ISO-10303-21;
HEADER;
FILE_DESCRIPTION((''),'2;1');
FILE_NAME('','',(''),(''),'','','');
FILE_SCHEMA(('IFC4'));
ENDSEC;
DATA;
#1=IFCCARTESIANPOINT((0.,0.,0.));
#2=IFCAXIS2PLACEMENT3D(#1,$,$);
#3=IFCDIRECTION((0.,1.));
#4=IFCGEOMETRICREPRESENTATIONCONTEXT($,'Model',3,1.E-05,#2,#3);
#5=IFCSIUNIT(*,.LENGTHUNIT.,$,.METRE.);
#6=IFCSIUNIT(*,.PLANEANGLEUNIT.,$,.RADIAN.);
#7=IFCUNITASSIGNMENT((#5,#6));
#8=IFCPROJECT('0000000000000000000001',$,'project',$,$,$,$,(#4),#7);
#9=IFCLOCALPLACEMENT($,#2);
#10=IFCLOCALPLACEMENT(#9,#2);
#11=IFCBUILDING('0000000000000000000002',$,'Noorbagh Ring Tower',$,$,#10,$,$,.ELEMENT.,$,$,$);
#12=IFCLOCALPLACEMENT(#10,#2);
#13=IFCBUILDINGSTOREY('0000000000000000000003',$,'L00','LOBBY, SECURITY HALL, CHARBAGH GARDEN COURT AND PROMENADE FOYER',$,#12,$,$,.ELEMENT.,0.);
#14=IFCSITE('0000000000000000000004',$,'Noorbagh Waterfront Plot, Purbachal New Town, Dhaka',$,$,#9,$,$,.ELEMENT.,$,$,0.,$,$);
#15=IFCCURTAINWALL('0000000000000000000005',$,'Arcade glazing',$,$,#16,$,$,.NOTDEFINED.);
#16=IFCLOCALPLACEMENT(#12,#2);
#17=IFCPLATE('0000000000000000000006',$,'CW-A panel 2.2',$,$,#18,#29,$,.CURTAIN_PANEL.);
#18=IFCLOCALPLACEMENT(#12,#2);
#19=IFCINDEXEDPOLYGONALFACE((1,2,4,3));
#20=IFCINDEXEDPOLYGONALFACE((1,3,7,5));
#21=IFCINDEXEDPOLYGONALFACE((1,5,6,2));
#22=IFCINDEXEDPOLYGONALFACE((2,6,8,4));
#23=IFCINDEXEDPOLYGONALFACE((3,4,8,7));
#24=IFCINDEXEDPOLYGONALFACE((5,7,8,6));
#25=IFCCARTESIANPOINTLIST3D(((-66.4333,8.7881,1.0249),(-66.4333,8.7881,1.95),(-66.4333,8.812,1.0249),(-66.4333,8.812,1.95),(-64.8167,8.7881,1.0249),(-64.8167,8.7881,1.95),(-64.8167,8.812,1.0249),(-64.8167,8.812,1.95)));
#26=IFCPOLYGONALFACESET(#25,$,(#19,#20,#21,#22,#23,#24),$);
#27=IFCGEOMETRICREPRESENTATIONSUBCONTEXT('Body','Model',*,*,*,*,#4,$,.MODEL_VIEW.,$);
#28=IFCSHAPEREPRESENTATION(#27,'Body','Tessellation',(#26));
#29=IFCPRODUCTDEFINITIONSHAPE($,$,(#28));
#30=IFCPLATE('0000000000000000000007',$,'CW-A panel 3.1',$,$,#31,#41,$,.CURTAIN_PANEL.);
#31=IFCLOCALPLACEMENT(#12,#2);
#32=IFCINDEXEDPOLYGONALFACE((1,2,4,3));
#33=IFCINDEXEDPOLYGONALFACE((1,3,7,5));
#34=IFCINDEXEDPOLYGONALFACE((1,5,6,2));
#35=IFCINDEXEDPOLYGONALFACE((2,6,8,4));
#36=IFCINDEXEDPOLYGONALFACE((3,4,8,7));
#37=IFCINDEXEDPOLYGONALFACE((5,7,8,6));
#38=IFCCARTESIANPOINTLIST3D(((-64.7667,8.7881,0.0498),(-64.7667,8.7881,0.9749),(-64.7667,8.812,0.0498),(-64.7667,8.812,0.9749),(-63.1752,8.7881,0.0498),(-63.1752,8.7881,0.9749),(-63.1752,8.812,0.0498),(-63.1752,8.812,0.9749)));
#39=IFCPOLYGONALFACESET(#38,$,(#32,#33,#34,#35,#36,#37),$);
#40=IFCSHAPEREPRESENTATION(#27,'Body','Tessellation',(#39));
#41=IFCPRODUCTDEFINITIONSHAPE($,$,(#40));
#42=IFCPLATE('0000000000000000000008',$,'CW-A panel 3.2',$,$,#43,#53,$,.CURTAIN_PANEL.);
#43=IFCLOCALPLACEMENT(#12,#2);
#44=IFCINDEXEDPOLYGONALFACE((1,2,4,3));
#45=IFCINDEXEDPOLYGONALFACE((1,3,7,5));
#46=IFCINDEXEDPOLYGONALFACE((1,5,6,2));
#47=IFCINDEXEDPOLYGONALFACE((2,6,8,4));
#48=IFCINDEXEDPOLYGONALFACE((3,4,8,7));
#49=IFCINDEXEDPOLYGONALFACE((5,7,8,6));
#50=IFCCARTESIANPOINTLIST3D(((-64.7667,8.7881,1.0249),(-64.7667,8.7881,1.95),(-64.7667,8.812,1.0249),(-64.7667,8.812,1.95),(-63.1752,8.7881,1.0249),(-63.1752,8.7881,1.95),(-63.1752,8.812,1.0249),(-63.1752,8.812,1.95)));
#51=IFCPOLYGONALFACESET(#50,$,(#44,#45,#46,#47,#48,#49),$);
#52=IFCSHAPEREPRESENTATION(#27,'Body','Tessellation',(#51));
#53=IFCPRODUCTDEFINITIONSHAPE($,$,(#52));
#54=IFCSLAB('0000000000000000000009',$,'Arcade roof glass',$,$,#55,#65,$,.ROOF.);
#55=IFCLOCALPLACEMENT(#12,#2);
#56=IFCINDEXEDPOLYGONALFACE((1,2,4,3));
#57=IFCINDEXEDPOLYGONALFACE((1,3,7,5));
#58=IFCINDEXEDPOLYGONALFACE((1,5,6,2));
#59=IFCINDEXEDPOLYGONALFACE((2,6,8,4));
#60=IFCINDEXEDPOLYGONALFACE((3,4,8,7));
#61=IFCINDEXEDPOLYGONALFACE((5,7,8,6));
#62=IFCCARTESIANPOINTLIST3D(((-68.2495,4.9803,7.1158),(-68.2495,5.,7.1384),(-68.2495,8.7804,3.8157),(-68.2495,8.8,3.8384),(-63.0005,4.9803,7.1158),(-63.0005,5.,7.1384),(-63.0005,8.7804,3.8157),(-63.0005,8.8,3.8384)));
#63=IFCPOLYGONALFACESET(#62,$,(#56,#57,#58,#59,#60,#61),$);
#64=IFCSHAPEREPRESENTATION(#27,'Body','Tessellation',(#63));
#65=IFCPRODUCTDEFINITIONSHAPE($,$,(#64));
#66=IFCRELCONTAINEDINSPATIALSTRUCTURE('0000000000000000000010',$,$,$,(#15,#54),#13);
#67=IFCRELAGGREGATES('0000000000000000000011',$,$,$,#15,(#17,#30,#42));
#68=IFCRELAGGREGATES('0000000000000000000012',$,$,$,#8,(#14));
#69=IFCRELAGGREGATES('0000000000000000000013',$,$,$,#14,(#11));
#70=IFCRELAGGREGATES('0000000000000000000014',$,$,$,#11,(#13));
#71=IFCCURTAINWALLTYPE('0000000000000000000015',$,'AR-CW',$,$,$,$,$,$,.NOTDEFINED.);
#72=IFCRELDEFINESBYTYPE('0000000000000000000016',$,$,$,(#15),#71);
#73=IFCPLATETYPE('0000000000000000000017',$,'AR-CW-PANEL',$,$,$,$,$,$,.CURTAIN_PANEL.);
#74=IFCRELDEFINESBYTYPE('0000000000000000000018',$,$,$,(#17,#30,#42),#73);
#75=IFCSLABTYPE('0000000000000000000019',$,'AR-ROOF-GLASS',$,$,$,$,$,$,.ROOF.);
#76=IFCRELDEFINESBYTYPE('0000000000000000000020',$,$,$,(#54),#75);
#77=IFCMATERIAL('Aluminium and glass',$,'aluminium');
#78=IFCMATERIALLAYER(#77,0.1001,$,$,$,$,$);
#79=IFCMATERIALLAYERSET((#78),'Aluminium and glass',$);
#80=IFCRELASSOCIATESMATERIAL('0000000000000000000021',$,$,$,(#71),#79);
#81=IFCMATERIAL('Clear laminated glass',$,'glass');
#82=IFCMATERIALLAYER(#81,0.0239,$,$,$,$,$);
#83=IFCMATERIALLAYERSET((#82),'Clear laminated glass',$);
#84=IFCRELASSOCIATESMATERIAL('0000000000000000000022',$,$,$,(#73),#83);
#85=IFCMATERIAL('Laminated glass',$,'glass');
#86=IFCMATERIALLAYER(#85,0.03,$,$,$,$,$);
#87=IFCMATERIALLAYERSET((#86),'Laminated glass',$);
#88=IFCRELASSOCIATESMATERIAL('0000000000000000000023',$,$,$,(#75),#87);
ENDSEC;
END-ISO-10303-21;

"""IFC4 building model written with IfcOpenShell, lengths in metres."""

from ifc_helpers import new_model, si_unit, direction, frame, origin, origin_2d, place, context, subcontext, project, spatial, polyline, rectangle, outline, extrude, material, layer, layer_set, type_object, element, aggregate, save


model = new_model("IFC4")

# Units and contexts
model_context = context("Model", 3, precision=1e-05, world=origin(), true_north=direction((0.0, 1.0)))
body_context = subcontext(model_context, "Body", "Model", "MODEL_VIEW")
ifc_project = project(units=[si_unit("LENGTHUNIT", "METRE"), si_unit("PLANEANGLEUNIT", "RADIAN")], contexts=[model_context])

# Site, building, storey
site_placement = place(None, origin())
site = spatial("IfcSite", under=ifc_project, at=site_placement, Name="Noorbagh Waterfront Plot, Purbachal New Town, Dhaka", CompositionType="ELEMENT", RefElevation=0.0)
building_placement = place(site_placement, origin())
building = spatial("IfcBuilding", under=site, at=building_placement, Name="Noorbagh Ring Tower", CompositionType="ELEMENT")
storey_placement = place(building_placement, origin())
storey = spatial("IfcBuildingStorey", under=building, at=storey_placement, Name="L00", Description="LOBBY, SECURITY HALL, CHARBAGH GARDEN COURT AND PROMENADE FOYER", CompositionType="ELEMENT", Elevation=0.0)

# Curtain wall
ifc_material_1 = material(Name="Aluminium and glass", Category="aluminium")
ifc_layer_1 = layer(ifc_material_1, 0.1001)
ifc_layer_set_1 = layer_set([ifc_layer_1], Name="Aluminium and glass")
curtain_wall_type = type_object("IfcCurtainWallType", Name="AR-CW", PredefinedType="NOTDEFINED", material=ifc_layer_set_1)
curtain_wall_placement = place(storey_placement, origin())
curtain_wall = element("IfcCurtainWall", 1, at=curtain_wall_placement, inside=storey, type_object=curtain_wall_type, Name="Arcade glazing", PredefinedType="NOTDEFINED")

# Plates
ifc_material_2 = material(Name="Clear laminated glass", Category="glass")
ifc_layer_2 = layer(ifc_material_2, 0.0239)
ifc_layer_set_2 = layer_set([ifc_layer_2], Name="Clear laminated glass")
plate_type = type_object("IfcPlateType", Name="AR-CW-PANEL", PredefinedType="CURTAIN_PANEL", material=ifc_layer_set_2)
plate_1_placement = place(storey_placement, frame((-65.625, 8.8, 1.0249), z_axis=(0.0, 0.0, 1.0), x_axis=(1.0, 0.0, 0.0)))
plate_1 = element("IfcPlate", 2, at=plate_1_placement, type_object=plate_type, Name="CW-A panel 2.2", PredefinedType="CURTAIN_PANEL", context=body_context, shape_type="SweptSolid", body=[
    extrude(rectangle(XDim=1.6167, YDim=0.0239, at=origin_2d()), origin(), (0.0, 0.0, 1.0), 0.925),
])
plate_2_placement = place(storey_placement, frame((-63.9709, 8.8, 0.0498), z_axis=(0.0, 0.0, 1.0), x_axis=(1.0, 0.0, 0.0)))
plate_2 = element("IfcPlate", 3, at=plate_2_placement, type_object=plate_type, Name="CW-A panel 3.1", PredefinedType="CURTAIN_PANEL", context=body_context, shape_type="SweptSolid", body=[
    extrude(rectangle(XDim=1.5916, YDim=0.0239, at=origin_2d()), origin(), (0.0, 0.0, 1.0), 0.925),
])
plate_3_placement = place(storey_placement, frame((-63.9709, 8.8, 1.0249), z_axis=(0.0, 0.0, 1.0), x_axis=(1.0, 0.0, 0.0)))
plate_3 = element("IfcPlate", 4, at=plate_3_placement, type_object=plate_type, Name="CW-A panel 3.2", PredefinedType="CURTAIN_PANEL", context=body_context, shape_type="SweptSolid", body=[
    extrude(rectangle(XDim=1.5916, YDim=0.0239, at=origin_2d()), origin(), (0.0, 0.0, 1.0), 0.925),
])
aggregate(curtain_wall, [plate_1, plate_2, plate_3])

# Slab
ifc_material_3 = material(Name="Laminated glass", Category="glass")
ifc_layer_3 = layer(ifc_material_3, 0.03)
ifc_layer_set_3 = layer_set([ifc_layer_3], Name="Laminated glass")
slab_type = type_object("IfcSlabType", Name="AR-ROOF-GLASS", PredefinedType="ROOF", material=ifc_layer_set_3)
slab_placement = place(storey_placement, frame((-68.2495, 8.8, 3.8384), z_axis=(0.0, 0.655687, 0.755032), x_axis=(1.0, 0.0, 0.0)))
element("IfcSlab", 5, at=slab_placement, inside=storey, type_object=slab_type, Name="Arcade roof glass", PredefinedType="ROOF", context=body_context, shape_type="SweptSolid", body=[
    extrude(outline(polyline([(0.0, 0.0), (5.249, 0.0), (5.249, -5.033), (0.0, -5.033), (0.0, 0.0)])), origin(), (0.0, 0.0, -1.0), 0.03),
])

save(model, "model.ifc")
